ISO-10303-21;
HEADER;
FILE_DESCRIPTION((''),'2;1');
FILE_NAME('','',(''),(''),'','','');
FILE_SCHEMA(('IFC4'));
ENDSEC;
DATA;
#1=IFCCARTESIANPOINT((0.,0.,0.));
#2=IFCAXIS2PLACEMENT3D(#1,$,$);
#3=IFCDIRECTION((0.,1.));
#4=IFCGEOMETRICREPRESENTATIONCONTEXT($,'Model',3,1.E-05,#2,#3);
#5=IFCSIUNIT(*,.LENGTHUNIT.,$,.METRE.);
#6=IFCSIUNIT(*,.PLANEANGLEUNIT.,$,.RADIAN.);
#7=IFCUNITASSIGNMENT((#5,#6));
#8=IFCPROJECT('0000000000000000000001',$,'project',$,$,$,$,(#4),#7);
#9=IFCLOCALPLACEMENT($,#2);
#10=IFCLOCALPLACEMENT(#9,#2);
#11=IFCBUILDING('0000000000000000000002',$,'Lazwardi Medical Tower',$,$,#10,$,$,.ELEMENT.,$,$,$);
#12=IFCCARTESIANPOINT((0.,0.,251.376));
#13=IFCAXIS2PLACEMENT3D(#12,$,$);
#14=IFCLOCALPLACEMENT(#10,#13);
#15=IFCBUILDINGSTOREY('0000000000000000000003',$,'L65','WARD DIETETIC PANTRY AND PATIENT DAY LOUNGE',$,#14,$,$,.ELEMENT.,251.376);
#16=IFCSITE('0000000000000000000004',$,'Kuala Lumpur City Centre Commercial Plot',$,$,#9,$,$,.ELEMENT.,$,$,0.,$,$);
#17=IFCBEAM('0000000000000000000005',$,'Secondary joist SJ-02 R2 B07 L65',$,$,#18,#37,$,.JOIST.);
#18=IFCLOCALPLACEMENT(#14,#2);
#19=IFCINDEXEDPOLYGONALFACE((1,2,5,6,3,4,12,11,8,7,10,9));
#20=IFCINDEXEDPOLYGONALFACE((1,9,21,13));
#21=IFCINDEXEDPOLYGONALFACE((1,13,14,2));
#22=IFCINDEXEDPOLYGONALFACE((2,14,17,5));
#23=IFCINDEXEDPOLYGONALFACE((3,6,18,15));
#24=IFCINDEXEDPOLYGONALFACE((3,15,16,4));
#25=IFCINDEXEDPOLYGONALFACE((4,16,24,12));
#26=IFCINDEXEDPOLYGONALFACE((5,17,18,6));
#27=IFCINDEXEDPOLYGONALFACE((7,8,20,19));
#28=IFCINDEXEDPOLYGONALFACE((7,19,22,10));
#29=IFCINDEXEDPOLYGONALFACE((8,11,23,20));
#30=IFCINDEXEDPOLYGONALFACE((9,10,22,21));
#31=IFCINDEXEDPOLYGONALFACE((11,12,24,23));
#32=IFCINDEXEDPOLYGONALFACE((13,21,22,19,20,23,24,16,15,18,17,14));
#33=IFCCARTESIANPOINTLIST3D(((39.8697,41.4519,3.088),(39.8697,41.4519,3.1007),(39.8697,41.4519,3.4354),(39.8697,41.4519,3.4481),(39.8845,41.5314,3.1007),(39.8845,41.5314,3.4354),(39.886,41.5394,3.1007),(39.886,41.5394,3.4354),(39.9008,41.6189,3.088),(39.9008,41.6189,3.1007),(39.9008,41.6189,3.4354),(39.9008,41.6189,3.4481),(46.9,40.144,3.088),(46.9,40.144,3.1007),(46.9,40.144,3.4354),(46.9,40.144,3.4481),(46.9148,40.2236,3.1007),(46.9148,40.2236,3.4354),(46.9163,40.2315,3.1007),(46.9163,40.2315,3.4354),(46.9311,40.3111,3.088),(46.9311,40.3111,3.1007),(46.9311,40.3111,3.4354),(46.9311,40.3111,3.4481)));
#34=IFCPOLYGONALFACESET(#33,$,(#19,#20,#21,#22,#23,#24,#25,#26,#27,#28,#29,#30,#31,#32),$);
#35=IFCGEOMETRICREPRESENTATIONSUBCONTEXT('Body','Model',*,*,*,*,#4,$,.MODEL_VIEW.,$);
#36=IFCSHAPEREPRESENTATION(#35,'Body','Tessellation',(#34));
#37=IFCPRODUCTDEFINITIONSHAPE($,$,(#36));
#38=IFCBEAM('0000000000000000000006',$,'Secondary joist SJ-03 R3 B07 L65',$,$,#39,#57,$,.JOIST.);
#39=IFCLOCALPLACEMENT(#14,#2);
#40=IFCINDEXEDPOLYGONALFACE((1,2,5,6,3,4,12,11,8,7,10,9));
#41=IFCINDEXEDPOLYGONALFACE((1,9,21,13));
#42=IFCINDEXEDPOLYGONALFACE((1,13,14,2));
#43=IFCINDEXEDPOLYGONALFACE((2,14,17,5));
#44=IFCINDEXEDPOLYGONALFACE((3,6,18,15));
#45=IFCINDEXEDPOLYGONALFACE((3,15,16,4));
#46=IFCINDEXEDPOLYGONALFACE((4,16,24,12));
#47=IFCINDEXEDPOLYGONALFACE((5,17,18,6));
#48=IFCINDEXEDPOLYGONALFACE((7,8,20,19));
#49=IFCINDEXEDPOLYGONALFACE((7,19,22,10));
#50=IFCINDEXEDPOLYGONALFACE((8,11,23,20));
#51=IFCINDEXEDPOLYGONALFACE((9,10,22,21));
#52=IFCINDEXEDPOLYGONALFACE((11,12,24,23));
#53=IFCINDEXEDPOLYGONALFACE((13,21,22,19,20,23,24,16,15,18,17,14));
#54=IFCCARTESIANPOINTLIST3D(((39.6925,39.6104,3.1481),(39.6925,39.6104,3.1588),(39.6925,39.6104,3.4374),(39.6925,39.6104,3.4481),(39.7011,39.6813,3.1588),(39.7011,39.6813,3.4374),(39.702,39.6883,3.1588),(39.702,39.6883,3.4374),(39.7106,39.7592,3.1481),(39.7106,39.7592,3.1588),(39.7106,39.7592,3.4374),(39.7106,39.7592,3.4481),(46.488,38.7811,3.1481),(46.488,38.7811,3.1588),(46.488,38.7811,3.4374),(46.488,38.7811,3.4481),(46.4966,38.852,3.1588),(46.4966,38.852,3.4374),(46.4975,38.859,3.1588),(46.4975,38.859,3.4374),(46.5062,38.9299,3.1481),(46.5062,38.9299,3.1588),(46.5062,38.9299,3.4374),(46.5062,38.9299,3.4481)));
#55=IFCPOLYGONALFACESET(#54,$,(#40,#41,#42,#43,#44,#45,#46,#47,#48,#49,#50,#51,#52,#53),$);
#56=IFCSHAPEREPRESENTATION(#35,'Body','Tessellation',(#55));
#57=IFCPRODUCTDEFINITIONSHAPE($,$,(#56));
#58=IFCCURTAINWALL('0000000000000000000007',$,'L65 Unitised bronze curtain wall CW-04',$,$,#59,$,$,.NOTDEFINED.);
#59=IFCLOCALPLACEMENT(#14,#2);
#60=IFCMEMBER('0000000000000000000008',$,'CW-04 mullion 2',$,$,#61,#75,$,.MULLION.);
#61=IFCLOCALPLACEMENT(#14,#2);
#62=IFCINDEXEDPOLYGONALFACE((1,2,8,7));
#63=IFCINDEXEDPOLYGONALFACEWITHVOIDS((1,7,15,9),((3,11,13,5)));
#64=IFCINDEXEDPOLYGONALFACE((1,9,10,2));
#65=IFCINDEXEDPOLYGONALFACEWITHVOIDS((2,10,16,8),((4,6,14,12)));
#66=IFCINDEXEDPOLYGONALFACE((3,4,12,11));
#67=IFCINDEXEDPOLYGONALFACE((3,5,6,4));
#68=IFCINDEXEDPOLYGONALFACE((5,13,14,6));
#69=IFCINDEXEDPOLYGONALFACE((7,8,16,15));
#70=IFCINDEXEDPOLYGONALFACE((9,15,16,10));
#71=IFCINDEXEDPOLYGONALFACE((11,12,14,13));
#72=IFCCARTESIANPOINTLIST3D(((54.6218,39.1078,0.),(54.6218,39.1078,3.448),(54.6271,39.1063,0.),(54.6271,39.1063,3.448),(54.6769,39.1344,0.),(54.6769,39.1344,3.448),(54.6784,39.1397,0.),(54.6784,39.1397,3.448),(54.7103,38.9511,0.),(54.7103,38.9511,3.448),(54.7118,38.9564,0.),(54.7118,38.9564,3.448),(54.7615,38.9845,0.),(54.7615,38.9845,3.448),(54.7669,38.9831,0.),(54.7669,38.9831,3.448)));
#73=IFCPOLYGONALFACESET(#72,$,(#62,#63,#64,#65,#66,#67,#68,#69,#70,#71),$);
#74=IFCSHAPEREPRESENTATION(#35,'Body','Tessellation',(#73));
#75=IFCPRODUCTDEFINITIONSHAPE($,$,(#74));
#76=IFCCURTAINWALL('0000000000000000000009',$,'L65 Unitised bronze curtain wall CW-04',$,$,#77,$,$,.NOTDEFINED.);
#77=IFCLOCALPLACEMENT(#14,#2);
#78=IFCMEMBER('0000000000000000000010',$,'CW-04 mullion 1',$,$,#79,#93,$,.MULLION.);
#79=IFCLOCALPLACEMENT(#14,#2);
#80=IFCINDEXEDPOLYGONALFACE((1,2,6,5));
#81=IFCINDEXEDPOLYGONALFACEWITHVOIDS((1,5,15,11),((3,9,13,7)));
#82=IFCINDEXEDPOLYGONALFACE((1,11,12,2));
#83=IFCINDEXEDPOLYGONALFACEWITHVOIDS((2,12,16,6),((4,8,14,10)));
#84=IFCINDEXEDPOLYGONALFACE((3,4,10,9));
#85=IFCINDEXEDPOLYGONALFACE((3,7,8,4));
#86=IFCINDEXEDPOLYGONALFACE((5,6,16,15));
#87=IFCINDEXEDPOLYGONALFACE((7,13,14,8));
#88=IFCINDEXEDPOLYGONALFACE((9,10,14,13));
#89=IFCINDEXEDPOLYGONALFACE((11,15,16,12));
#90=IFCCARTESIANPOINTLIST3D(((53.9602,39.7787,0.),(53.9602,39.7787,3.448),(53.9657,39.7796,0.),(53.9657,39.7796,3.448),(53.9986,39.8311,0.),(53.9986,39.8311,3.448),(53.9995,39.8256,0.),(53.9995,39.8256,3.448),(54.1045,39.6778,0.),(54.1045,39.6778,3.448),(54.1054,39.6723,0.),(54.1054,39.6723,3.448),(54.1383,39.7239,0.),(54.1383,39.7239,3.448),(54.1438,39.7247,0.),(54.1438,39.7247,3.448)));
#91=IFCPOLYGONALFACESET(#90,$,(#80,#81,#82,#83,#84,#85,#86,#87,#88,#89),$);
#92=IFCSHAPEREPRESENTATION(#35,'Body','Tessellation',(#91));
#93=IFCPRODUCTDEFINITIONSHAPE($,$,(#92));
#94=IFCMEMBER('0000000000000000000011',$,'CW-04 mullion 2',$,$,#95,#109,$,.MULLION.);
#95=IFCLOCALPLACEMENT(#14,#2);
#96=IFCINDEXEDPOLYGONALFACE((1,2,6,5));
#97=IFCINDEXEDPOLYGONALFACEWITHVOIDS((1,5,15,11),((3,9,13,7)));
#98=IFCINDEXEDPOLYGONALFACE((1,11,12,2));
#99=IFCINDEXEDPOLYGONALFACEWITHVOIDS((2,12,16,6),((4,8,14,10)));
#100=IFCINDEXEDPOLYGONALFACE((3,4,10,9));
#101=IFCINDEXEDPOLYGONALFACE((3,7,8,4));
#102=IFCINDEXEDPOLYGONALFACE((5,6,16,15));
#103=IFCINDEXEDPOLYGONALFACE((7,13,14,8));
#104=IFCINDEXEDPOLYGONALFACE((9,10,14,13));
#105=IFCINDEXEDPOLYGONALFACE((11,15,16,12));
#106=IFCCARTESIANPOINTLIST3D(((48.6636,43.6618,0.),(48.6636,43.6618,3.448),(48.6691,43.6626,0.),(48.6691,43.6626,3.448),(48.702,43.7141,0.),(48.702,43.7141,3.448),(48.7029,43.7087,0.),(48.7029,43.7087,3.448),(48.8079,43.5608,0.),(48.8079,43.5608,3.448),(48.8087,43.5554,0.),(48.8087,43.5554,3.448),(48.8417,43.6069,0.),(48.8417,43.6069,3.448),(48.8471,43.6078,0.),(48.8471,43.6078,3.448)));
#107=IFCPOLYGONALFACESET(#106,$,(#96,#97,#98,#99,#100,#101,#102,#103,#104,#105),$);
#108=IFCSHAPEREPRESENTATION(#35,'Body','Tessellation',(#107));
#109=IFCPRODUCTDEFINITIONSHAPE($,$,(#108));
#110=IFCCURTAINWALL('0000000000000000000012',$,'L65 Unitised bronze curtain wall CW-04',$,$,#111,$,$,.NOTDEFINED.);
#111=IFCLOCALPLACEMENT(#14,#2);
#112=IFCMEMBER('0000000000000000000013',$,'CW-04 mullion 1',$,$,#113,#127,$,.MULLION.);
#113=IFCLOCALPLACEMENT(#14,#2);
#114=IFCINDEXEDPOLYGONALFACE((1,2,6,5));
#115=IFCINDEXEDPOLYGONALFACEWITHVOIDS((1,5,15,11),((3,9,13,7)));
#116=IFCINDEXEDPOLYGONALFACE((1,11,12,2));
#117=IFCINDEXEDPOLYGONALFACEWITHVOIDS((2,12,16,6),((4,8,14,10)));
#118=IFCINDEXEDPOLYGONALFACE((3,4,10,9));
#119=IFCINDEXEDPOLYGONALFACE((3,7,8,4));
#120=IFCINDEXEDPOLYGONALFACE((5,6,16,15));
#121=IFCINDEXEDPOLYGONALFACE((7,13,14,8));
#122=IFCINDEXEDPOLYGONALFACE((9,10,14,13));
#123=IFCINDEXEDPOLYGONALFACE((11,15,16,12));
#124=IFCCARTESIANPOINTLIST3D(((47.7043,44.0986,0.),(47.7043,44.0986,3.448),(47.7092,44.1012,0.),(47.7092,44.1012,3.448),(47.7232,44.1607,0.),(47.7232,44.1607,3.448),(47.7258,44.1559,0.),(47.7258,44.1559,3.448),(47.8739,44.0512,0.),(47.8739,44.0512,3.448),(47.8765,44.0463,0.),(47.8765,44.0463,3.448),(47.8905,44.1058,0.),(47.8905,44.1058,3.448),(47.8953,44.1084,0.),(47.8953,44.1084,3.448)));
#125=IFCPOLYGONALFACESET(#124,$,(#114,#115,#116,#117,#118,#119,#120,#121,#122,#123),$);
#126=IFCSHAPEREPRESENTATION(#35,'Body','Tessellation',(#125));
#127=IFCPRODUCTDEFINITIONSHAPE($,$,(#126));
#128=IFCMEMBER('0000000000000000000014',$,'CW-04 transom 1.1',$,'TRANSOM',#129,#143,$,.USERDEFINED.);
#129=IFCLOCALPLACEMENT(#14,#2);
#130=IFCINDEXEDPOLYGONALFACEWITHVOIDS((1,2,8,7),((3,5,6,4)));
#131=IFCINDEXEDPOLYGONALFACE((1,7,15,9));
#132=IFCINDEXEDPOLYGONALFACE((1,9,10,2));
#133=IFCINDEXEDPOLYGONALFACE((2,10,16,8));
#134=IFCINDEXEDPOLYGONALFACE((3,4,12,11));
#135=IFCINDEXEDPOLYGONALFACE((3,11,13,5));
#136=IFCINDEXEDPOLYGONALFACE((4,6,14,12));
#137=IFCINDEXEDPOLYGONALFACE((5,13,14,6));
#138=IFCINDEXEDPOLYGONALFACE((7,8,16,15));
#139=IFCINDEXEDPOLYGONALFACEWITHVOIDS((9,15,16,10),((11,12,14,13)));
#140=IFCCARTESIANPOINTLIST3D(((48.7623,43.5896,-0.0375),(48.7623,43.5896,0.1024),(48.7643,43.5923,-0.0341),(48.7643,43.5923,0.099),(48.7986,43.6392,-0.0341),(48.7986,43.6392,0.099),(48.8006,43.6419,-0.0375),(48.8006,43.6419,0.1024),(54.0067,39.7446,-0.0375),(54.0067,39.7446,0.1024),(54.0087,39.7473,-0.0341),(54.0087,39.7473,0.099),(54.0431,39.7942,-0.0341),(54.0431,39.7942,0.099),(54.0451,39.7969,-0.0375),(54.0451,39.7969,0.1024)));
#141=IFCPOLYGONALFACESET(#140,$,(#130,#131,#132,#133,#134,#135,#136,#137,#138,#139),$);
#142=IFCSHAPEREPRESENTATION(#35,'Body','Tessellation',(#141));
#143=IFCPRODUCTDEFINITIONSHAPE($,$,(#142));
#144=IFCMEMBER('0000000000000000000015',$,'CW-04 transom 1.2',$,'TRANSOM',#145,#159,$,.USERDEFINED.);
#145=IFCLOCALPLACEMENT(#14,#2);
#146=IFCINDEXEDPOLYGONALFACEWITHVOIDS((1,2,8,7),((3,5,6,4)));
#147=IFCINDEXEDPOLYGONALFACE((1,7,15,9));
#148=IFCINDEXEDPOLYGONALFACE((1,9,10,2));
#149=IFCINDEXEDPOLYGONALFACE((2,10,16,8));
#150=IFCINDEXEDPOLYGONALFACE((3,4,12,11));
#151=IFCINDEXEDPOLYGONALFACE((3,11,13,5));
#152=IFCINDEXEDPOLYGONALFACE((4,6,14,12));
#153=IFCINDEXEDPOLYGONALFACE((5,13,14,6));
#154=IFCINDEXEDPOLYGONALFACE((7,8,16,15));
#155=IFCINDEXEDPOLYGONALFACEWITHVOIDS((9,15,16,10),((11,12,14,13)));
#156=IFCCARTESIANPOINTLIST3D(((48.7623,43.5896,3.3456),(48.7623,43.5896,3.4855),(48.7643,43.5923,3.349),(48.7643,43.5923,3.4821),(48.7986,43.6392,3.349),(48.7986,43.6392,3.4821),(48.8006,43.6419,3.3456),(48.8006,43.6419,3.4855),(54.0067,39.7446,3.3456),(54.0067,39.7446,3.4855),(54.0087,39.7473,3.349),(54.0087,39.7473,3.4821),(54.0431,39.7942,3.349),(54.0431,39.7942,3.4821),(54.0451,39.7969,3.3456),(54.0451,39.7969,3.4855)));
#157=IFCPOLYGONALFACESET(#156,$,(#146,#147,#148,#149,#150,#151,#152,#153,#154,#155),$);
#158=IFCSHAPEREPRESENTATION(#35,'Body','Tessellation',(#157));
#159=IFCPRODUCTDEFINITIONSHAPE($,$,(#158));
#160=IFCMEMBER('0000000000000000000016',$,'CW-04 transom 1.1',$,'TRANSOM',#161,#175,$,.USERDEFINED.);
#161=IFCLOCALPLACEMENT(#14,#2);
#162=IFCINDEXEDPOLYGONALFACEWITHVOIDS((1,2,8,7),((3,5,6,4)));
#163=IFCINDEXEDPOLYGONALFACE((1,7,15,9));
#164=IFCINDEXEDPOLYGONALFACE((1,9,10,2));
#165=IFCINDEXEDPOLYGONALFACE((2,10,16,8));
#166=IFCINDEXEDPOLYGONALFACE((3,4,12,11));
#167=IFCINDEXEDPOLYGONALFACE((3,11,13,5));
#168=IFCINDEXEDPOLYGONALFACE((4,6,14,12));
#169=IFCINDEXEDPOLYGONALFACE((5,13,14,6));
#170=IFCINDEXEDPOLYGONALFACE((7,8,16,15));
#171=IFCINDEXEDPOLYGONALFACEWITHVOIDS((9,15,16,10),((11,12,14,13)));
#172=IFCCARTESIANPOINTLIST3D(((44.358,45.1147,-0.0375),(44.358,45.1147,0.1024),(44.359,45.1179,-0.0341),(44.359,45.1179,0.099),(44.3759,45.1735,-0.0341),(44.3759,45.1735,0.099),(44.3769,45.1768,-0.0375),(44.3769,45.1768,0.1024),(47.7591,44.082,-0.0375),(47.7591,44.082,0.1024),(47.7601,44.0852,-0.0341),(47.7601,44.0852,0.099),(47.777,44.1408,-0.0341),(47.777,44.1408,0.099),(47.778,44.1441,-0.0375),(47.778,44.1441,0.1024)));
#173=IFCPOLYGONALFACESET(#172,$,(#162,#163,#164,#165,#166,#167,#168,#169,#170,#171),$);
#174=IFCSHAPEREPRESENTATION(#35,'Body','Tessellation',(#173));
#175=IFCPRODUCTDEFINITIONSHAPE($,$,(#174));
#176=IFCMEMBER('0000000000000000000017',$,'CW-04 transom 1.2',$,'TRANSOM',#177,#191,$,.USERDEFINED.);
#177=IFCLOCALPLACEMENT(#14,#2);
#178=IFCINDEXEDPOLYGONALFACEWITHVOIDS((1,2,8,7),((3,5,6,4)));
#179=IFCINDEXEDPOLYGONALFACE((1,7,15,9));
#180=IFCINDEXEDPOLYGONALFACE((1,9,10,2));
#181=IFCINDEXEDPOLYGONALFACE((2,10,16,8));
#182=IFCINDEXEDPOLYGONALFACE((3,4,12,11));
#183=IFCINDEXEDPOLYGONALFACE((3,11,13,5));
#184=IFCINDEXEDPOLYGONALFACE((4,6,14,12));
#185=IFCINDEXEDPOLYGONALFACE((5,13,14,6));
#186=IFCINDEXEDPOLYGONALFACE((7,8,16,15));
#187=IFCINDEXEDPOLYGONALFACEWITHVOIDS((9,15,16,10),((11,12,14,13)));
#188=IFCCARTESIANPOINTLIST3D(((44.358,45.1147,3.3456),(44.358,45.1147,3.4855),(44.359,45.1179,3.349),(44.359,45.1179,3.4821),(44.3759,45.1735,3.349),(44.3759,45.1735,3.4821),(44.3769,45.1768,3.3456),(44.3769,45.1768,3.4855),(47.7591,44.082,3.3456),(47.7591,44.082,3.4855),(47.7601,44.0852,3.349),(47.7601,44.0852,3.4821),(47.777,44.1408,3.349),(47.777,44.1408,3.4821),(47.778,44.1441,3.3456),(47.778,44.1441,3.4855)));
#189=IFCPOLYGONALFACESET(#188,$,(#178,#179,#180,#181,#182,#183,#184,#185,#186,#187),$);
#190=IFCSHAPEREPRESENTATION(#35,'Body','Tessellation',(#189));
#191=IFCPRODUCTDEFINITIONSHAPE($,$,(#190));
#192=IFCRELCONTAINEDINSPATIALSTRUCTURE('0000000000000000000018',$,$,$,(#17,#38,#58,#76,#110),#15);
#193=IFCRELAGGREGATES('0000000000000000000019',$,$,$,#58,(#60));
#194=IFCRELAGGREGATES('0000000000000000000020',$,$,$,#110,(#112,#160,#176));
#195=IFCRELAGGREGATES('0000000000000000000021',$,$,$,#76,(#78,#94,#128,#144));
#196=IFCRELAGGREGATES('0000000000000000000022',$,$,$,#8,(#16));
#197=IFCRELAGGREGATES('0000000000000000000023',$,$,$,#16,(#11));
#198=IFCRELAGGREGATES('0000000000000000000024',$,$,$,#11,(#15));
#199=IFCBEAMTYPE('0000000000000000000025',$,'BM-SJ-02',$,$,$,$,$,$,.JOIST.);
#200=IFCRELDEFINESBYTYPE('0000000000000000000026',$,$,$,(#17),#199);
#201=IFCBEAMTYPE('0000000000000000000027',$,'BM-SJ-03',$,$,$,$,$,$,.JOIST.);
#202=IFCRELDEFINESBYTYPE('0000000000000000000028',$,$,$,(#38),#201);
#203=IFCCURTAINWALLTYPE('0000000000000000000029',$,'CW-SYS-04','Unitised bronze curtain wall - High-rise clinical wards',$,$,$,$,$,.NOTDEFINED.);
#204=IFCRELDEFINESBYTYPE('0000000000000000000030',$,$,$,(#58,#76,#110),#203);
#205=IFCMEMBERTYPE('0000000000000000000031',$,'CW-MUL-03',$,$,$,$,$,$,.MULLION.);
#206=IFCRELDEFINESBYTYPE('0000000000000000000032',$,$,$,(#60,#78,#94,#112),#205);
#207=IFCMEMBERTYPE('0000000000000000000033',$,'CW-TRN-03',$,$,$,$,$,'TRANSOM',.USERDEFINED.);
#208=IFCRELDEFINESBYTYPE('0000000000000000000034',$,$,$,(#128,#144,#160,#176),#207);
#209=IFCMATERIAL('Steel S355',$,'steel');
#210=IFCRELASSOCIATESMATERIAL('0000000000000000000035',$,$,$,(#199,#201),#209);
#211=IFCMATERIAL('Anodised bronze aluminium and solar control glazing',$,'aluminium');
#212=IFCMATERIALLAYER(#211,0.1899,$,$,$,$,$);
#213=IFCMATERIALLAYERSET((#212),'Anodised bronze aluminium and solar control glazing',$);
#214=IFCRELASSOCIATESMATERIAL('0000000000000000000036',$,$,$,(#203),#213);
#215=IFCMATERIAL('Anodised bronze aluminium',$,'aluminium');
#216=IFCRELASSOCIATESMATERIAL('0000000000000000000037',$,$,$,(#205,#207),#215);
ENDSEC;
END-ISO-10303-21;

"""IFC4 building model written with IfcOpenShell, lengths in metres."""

from ifc_helpers import new_model, si_unit, direction, frame, origin, origin_2d, place, context, subcontext, project, spatial, hollow_rectangle, i_section, extrude, material, layer, layer_set, material_profile, profile_set, type_object, element, aggregate, save


model = new_model("IFC4")

# Units and contexts
model_context = context("Model", 3, precision=1e-05, world=origin(), true_north=direction((0.0, 1.0)))
body_context = subcontext(model_context, "Body", "Model", "MODEL_VIEW")
ifc_project = project(units=[si_unit("LENGTHUNIT", "METRE"), si_unit("PLANEANGLEUNIT", "RADIAN")], contexts=[model_context])

# Site, building, storey
site_placement = place(None, origin())
site = spatial("IfcSite", under=ifc_project, at=site_placement, Name="Kuala Lumpur City Centre Commercial Plot", CompositionType="ELEMENT", RefElevation=0.0)
building_placement = place(site_placement, origin())
building = spatial("IfcBuilding", under=site, at=building_placement, Name="Lazwardi Medical Tower", CompositionType="ELEMENT")
storey_placement = place(building_placement, frame((0.0, 0.0, 251.376)))
storey = spatial("IfcBuildingStorey", under=building, at=storey_placement, Name="L65", Description="WARD DIETETIC PANTRY AND PATIENT DAY LOUNGE", CompositionType="ELEMENT", Elevation=251.376)

# Beams
ifc_material_1 = material(Name="Steel S355", Category="steel")
ifc_material_profile_1 = material_profile(ifc_material_1, i_section(OverallWidth=0.1699, OverallDepth=0.3601, WebThickness=0.0081, FlangeThickness=0.0127, at=origin_2d()), Name="IPE 360")
ifc_profile_set_1 = profile_set([ifc_material_profile_1], Name="Steel S355")
beam_type_1 = type_object("IfcBeamType", Name="BM-SJ-02", PredefinedType="JOIST", material=ifc_profile_set_1)
beam_1_placement = place(storey_placement, frame((46.9155, 40.2275, 3.2681), z_axis=(-0.983132, 0.182895, 0.0), x_axis=(-0.182895, -0.983132, 0.0)))
element("IfcBeam", 1, at=beam_1_placement, inside=storey, type_object=beam_type_1, Name="Secondary joist SJ-02 R2 B07 L65", PredefinedType="JOIST", context=body_context, shape_type="SweptSolid", body=[
    extrude(i_section(OverallWidth=0.1699, OverallDepth=0.3601, WebThickness=0.0081, FlangeThickness=0.0127, at=origin_2d()), origin(), (0.0, 0.0, 1.0), 7.1509),
])
ifc_material_profile_2 = material_profile(ifc_material_1, i_section(OverallWidth=0.1499, OverallDepth=0.3, WebThickness=0.0071, FlangeThickness=0.0107, at=origin_2d()), Name="IPE 300")
ifc_profile_set_2 = profile_set([ifc_material_profile_2], Name="Steel S355")
beam_type_2 = type_object("IfcBeamType", Name="BM-SJ-03", PredefinedType="JOIST", material=ifc_profile_set_2)
beam_2_placement = place(storey_placement, frame((46.4971, 38.8555, 3.2981), z_axis=(-0.992635, 0.121146, 0.0), x_axis=(-0.121146, -0.992635, 0.0)))
element("IfcBeam", 2, at=beam_2_placement, inside=storey, type_object=beam_type_2, Name="Secondary joist SJ-03 R3 B07 L65", PredefinedType="JOIST", context=body_context, shape_type="SweptSolid", body=[
    extrude(i_section(OverallWidth=0.1499, OverallDepth=0.3, WebThickness=0.0071, FlangeThickness=0.0107, at=origin_2d()), origin(), (0.0, 0.0, 1.0), 6.8459),
])

# Curtain wall, member
ifc_material_2 = material(Name="Anodised bronze aluminium and solar control glazing", Category="aluminium")
ifc_layer_1 = layer(ifc_material_2, 0.1899)
ifc_layer_set_1 = layer_set([ifc_layer_1], Name="Anodised bronze aluminium and solar control glazing")
curtain_wall_type = type_object("IfcCurtainWallType", Name="CW-SYS-04", Description="Unitised bronze curtain wall - High-rise clinical wards", PredefinedType="NOTDEFINED", material=ifc_layer_set_1)
curtain_wall_1_placement = place(storey_placement, origin())
curtain_wall_1 = element("IfcCurtainWall", 3, at=curtain_wall_1_placement, inside=storey, type_object=curtain_wall_type, Name="L65 Unitised bronze curtain wall CW-04", PredefinedType="NOTDEFINED")
ifc_material_3 = material(Name="Anodised bronze aluminium", Category="aluminium")
ifc_material_profile_3 = material_profile(ifc_material_3, hollow_rectangle(XDim=0.0649, YDim=0.1799, WallThickness=0.0039, at=origin_2d()), Name="ALU-MULLION 180x65x4")
ifc_profile_set_3 = profile_set([ifc_material_profile_3], Name="Anodised bronze aluminium")
member_type_1 = type_object("IfcMemberType", Name="CW-MUL-03", PredefinedType="MULLION", material=ifc_profile_set_3)
member_1_placement = place(storey_placement, frame((54.6943, 39.0454, 0.0), z_axis=(0.0, 0.0, 1.0), x_axis=(-0.870651, -0.4919, 0.0)))
member_1 = element("IfcMember", 4, at=member_1_placement, type_object=member_type_1, Name="CW-04 mullion 2", PredefinedType="MULLION", context=body_context, shape_type="SweptSolid", body=[
    extrude(hollow_rectangle(XDim=0.0649, YDim=0.1799, WallThickness=0.0039, at=origin_2d()), origin(), (0.0, 0.0, 1.0), 3.448),
])
aggregate(curtain_wall_1, [member_1])

# Curtain wall, members
curtain_wall_2_placement = place(storey_placement, origin())
curtain_wall_2 = element("IfcCurtainWall", 5, at=curtain_wall_2_placement, inside=storey, type_object=curtain_wall_type, Name="L65 Unitised bronze curtain wall CW-04", PredefinedType="NOTDEFINED")
member_2_placement = place(storey_placement, frame((54.052, 39.7517, 0.0), z_axis=(0.0, 0.0, 1.0), x_axis=(-0.591268, -0.806475, 0.0)))
member_2 = element("IfcMember", 6, at=member_2_placement, type_object=member_type_1, Name="CW-04 mullion 1", PredefinedType="MULLION", context=body_context, shape_type="SweptSolid", body=[
    extrude(hollow_rectangle(XDim=0.0649, YDim=0.1799, WallThickness=0.0039, at=origin_2d()), origin(), (0.0, 0.0, 1.0), 3.448),
])
member_3_placement = place(storey_placement, frame((48.7554, 43.6348, 0.0), z_axis=(0.0, 0.0, 1.0), x_axis=(-0.591268, -0.806475, 0.0)))
member_3 = element("IfcMember", 7, at=member_3_placement, type_object=member_type_1, Name="CW-04 mullion 2", PredefinedType="MULLION", context=body_context, shape_type="SweptSolid", body=[
    extrude(hollow_rectangle(XDim=0.0649, YDim=0.1799, WallThickness=0.0039, at=origin_2d()), origin(), (0.0, 0.0, 1.0), 3.448),
])

# Curtain wall, member
curtain_wall_3_placement = place(storey_placement, origin())
curtain_wall_3 = element("IfcCurtainWall", 8, at=curtain_wall_3_placement, inside=storey, type_object=curtain_wall_type, Name="L65 Unitised bronze curtain wall CW-04", PredefinedType="NOTDEFINED")
member_4_placement = place(storey_placement, frame((47.7998, 44.1035, 0.0), z_axis=(0.0, 0.0, 1.0), x_axis=(-0.290582, -0.95685, 0.0)))
member_4 = element("IfcMember", 9, at=member_4_placement, type_object=member_type_1, Name="CW-04 mullion 1", PredefinedType="MULLION", context=body_context, shape_type="SweptSolid", body=[
    extrude(hollow_rectangle(XDim=0.0649, YDim=0.1799, WallThickness=0.0039, at=origin_2d()), origin(), (0.0, 0.0, 1.0), 3.448),
])

# Members
ifc_material_profile_4 = material_profile(ifc_material_3, hollow_rectangle(XDim=0.0649, YDim=0.1399, WallThickness=0.0034, at=origin_2d()), Name="ALU-TRANSOM 140x65x3.5")
ifc_profile_set_4 = profile_set([ifc_material_profile_4], Name="Anodised bronze aluminium")
member_type_2 = type_object("IfcMemberType", Name="CW-TRN-03", ElementType="TRANSOM", PredefinedType="USERDEFINED", material=ifc_profile_set_4)
member_5_placement = place(storey_placement, frame((54.0259, 39.7708, 0.0325), z_axis=(-0.806472, 0.591273, 0.0), x_axis=(-0.591273, -0.806472, 0.0)))
member_5 = element("IfcMember", 10, at=member_5_placement, type_object=member_type_2, Name="CW-04 transom 1.1", ObjectType="TRANSOM", PredefinedType="USERDEFINED", context=body_context, shape_type="SweptSolid", body=[
    extrude(hollow_rectangle(XDim=0.0649, YDim=0.1399, WallThickness=0.0034, at=origin_2d()), origin(), (0.0, 0.0, 1.0), 6.5029),
])
member_6_placement = place(storey_placement, frame((54.0259, 39.7708, 3.4155), z_axis=(-0.806472, 0.591273, 0.0), x_axis=(-0.591273, -0.806472, 0.0)))
member_6 = element("IfcMember", 11, at=member_6_placement, type_object=member_type_2, Name="CW-04 transom 1.2", ObjectType="TRANSOM", PredefinedType="USERDEFINED", context=body_context, shape_type="SweptSolid", body=[
    extrude(hollow_rectangle(XDim=0.0649, YDim=0.1399, WallThickness=0.0034, at=origin_2d()), origin(), (0.0, 0.0, 1.0), 6.5029),
])
member_7_placement = place(storey_placement, frame((47.7686, 44.113, 0.0325), z_axis=(-0.956863, 0.290541, 0.0), x_axis=(-0.290541, -0.956863, 0.0)))
member_7 = element("IfcMember", 12, at=member_7_placement, type_object=member_type_2, Name="CW-04 transom 1.1", ObjectType="TRANSOM", PredefinedType="USERDEFINED", context=body_context, shape_type="SweptSolid", body=[
    extrude(hollow_rectangle(XDim=0.0649, YDim=0.1399, WallThickness=0.0034, at=origin_2d()), origin(), (0.0, 0.0, 1.0), 3.5544),
])
member_8_placement = place(storey_placement, frame((47.7686, 44.113, 3.4155), z_axis=(-0.956863, 0.290541, 0.0), x_axis=(-0.290541, -0.956863, 0.0)))
member_8 = element("IfcMember", 13, at=member_8_placement, type_object=member_type_2, Name="CW-04 transom 1.2", ObjectType="TRANSOM", PredefinedType="USERDEFINED", context=body_context, shape_type="SweptSolid", body=[
    extrude(hollow_rectangle(XDim=0.0649, YDim=0.1399, WallThickness=0.0034, at=origin_2d()), origin(), (0.0, 0.0, 1.0), 3.5544),
])
aggregate(curtain_wall_3, [member_4, member_7, member_8])

aggregate(curtain_wall_2, [member_2, member_3, member_5, member_6])

save(model, "model.ifc")
